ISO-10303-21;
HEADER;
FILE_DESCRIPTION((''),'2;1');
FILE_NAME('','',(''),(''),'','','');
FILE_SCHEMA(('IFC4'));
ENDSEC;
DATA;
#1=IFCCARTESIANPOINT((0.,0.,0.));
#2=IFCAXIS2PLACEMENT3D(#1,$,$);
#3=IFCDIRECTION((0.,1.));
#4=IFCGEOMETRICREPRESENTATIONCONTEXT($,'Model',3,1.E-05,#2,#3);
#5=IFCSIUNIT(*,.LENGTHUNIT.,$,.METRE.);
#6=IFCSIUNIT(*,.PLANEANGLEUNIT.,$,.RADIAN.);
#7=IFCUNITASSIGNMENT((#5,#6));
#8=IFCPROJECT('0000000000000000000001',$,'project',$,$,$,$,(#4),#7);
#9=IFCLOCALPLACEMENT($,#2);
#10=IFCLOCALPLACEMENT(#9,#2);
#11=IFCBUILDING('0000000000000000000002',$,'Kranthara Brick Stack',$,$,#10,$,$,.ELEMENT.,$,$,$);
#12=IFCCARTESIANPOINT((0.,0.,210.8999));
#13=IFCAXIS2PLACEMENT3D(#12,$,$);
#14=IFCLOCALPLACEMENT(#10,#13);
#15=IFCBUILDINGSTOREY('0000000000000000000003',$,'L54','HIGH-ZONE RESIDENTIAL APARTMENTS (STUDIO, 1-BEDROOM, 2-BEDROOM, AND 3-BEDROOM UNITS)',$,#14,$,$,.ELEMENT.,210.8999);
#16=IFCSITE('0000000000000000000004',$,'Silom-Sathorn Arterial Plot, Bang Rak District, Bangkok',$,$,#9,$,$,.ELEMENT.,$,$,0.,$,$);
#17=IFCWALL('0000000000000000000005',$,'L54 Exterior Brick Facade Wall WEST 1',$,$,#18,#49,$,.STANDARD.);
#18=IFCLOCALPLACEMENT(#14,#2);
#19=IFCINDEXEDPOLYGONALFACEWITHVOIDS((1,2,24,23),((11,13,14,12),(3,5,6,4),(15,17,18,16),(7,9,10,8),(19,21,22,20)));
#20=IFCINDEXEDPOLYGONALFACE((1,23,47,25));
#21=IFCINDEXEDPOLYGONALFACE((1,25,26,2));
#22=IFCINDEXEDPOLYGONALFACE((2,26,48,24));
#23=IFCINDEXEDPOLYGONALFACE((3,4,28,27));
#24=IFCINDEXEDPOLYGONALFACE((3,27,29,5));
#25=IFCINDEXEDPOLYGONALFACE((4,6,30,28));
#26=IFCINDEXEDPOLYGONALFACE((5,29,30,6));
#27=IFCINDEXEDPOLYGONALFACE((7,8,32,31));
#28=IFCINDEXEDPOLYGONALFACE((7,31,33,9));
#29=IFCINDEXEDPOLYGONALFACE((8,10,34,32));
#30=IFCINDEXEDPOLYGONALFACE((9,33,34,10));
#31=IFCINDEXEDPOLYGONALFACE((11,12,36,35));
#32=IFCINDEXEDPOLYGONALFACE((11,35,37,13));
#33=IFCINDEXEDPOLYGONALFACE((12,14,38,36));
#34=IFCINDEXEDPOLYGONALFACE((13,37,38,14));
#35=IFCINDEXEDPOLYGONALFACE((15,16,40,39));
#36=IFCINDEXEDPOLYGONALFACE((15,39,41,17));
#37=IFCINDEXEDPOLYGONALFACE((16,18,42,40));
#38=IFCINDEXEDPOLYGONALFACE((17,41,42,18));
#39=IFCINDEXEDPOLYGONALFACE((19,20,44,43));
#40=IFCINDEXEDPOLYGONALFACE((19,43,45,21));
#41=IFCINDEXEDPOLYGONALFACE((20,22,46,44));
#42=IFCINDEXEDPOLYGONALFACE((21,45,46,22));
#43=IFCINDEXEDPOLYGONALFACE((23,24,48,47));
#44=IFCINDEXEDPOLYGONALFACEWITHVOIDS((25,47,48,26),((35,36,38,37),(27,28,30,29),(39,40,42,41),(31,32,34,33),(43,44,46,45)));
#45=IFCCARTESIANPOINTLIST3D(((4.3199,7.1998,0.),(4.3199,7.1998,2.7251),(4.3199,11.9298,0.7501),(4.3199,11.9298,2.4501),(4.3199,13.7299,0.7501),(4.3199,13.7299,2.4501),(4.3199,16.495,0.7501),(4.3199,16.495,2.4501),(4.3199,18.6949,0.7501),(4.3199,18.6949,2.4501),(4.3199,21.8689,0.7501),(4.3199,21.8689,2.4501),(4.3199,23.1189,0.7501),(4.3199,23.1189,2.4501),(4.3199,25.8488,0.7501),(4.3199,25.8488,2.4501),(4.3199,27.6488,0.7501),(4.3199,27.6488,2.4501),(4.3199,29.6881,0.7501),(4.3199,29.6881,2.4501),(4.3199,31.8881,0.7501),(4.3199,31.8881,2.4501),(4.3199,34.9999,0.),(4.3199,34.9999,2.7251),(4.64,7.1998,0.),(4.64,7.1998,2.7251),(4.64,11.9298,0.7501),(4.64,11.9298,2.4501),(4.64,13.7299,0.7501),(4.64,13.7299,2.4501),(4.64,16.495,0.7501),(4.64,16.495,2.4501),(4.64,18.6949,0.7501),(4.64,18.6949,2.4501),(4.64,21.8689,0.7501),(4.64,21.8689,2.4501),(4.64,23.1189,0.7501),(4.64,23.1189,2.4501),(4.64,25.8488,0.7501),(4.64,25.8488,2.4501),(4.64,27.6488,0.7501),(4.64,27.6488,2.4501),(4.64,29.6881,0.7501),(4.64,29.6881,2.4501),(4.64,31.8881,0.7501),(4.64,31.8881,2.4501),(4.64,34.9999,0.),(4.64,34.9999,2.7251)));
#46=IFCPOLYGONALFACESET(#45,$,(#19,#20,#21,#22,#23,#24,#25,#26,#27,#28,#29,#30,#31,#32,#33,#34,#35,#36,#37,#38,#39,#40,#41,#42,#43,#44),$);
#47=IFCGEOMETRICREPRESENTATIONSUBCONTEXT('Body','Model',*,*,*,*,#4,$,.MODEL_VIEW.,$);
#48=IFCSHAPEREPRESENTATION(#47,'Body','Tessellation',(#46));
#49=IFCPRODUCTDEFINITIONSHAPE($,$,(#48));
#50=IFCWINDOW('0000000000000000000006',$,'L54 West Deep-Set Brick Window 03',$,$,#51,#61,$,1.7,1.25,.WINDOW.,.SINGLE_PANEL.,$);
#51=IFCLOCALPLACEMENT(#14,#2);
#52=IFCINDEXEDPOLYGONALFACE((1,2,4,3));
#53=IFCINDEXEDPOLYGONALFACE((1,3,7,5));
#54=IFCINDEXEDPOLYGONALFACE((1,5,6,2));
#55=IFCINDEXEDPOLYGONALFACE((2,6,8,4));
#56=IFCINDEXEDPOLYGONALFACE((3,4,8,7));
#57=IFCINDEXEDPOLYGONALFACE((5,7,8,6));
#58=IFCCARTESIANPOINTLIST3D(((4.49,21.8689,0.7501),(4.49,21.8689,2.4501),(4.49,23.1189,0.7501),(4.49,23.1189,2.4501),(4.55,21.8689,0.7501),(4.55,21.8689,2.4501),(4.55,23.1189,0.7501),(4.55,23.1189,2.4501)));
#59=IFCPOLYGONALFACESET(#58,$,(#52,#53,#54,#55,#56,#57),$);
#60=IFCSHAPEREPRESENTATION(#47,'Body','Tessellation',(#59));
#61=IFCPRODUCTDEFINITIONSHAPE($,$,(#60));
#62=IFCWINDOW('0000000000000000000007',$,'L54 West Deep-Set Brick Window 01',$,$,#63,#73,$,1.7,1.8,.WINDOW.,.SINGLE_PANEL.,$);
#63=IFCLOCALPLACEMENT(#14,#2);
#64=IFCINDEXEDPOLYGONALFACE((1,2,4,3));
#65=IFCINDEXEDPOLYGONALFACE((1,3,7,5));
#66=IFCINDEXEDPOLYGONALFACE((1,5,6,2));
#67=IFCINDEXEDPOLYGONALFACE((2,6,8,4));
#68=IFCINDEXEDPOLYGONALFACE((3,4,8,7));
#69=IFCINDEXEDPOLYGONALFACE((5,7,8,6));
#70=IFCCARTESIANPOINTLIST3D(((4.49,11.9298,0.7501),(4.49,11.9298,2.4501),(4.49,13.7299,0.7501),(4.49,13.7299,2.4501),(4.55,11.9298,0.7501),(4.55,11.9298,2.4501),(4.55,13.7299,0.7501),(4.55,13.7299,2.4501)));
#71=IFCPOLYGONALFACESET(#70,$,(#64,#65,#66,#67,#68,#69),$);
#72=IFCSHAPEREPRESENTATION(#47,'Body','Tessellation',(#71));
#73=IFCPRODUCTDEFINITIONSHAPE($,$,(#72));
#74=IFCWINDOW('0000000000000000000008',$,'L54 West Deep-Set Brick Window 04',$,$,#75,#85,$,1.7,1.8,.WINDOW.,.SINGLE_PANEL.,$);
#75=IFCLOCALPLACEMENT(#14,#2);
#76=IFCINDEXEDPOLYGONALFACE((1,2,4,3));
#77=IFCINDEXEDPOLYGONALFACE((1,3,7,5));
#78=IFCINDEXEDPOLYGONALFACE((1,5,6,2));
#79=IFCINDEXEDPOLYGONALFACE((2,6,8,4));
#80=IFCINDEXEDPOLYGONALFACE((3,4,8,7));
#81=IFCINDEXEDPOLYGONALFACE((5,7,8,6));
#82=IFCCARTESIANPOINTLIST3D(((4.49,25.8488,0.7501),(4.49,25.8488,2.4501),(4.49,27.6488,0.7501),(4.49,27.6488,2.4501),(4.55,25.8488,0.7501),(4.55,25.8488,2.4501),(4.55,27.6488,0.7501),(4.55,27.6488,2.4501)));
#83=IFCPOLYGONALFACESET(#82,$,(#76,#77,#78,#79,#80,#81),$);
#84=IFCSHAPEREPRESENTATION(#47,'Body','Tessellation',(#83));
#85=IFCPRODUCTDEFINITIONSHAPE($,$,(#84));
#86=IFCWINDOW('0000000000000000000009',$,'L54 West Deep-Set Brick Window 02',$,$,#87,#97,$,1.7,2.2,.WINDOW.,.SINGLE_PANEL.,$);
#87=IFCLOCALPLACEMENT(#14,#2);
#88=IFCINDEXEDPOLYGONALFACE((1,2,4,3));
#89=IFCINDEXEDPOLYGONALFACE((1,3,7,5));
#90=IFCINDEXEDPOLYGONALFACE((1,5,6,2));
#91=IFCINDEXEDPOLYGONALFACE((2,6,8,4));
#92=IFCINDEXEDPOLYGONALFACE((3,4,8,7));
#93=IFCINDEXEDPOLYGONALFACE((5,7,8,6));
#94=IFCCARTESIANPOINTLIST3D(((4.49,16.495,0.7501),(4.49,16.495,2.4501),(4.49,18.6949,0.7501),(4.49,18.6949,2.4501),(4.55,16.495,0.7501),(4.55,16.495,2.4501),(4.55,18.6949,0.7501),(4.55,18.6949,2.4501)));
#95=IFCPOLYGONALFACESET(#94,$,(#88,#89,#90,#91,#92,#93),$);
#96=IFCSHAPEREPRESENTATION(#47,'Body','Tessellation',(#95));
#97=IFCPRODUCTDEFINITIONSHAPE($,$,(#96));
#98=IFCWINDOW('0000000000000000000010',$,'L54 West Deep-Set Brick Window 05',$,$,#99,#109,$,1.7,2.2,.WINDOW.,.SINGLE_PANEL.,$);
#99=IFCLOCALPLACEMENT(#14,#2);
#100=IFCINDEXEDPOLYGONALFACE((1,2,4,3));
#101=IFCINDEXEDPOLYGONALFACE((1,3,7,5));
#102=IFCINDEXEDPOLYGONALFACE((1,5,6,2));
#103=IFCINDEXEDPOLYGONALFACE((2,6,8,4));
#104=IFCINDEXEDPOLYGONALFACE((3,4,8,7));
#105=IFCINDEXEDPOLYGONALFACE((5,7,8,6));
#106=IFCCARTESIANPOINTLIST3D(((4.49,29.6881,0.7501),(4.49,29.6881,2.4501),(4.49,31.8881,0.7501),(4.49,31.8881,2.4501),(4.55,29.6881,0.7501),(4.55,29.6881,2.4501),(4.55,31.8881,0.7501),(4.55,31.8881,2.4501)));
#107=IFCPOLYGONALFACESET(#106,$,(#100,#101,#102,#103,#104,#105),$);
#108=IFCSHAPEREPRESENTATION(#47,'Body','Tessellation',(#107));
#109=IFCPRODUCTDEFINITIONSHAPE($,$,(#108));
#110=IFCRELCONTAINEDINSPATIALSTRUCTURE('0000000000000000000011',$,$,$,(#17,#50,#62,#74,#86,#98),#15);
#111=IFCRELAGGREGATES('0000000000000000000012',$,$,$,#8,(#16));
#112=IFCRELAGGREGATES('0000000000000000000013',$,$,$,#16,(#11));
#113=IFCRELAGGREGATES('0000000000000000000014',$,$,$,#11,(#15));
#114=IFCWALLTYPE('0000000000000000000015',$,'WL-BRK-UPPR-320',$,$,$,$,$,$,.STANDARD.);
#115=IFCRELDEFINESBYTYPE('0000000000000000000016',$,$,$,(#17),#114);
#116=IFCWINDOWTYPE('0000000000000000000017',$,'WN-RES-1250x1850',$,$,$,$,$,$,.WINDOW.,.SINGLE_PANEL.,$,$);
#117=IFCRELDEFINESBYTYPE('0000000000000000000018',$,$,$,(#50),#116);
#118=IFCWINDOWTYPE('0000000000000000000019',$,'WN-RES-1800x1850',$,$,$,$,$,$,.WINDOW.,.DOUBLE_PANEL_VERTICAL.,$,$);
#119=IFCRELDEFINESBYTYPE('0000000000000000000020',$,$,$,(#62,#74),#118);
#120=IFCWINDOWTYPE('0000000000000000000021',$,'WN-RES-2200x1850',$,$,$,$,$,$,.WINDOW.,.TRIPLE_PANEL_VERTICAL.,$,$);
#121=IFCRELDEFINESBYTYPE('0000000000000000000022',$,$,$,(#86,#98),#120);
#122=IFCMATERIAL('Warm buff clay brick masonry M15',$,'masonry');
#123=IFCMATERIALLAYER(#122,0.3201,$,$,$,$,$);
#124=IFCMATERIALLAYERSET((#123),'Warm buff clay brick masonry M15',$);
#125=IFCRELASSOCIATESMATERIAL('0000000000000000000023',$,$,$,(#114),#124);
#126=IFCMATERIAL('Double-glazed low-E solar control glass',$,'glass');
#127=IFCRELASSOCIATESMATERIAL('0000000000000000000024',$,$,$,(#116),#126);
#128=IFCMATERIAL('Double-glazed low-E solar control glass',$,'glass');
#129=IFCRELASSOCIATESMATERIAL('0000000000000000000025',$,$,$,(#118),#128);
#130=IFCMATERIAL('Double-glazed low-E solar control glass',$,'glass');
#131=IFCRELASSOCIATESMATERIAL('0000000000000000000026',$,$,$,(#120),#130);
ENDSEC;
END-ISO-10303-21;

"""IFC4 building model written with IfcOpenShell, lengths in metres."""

from ifc_helpers import new_model, si_unit, direction, frame, frame_2d, origin, place, context, subcontext, project, spatial, rectangle, extrude, material, layer, layer_set, type_object, element, fill, save


model = new_model("IFC4")

# Units and contexts
model_context = context("Model", 3, precision=1e-05, world=origin(), true_north=direction((0.0, 1.0)))
body_context = subcontext(model_context, "Body", "Model", "MODEL_VIEW")
ifc_project = project(units=[si_unit("LENGTHUNIT", "METRE"), si_unit("PLANEANGLEUNIT", "RADIAN")], contexts=[model_context])

# Site, building, storey
site_placement = place(None, origin())
site = spatial("IfcSite", under=ifc_project, at=site_placement, Name="Silom-Sathorn Arterial Plot, Bang Rak District, Bangkok", CompositionType="ELEMENT", RefElevation=0.0)
building_placement = place(site_placement, origin())
building = spatial("IfcBuilding", under=site, at=building_placement, Name="Kranthara Brick Stack", CompositionType="ELEMENT")
storey_placement = place(building_placement, frame((0.0, 0.0, 210.8999)))
storey = spatial("IfcBuildingStorey", under=building, at=storey_placement, Name="L54", Description="HIGH-ZONE RESIDENTIAL APARTMENTS (STUDIO, 1-BEDROOM, 2-BEDROOM, AND 3-BEDROOM UNITS)", CompositionType="ELEMENT", Elevation=210.8999)

# Wall, openings, windows
ifc_material_1 = material(Name="Warm buff clay brick masonry M15", Category="masonry")
ifc_layer_1 = layer(ifc_material_1, 0.3201)
ifc_layer_set_1 = layer_set([ifc_layer_1], Name="Warm buff clay brick masonry M15")
wall_type_1 = type_object("IfcWallType", Name="WL-BRK-UPPR-320", PredefinedType="STANDARD", material=ifc_layer_set_1)
wall_1_placement = place(storey_placement, frame((4.48, 7.2, 0.0), z_axis=(0.0, 0.0, 1.0), x_axis=(0.0, 1.0, 0.0)))
wall_1 = element("IfcWall", 1, at=wall_1_placement, inside=storey, type_object=wall_type_1, Name="L54 Exterior Brick Facade Wall WEST 1", PredefinedType="STANDARD", context=body_context, shape_type="SweptSolid", body=[
    extrude(rectangle(XDim=27.8, YDim=0.3201, at=frame_2d((13.8999, 0.0))), origin(), (0.0, 0.0, 1.0), 2.7251),
])
opening_1_placement = place(wall_1_placement, frame((4.73, 0.0, 0.75)))
opening_1 = element("IfcOpeningElement", 2, at=opening_1_placement, cuts=wall_1, PredefinedType="OPENING", context=body_context, shape_type="SweptSolid", body=[
    extrude(rectangle(XDim=1.8, YDim=1.7, at=frame_2d((0.8999, 0.8501))), frame((0.0, 0.1699, 0.0), z_axis=(0.0, -1.0, 0.0), x_axis=(1.0, 0.0, 0.0)), (0.0, 0.0, 1.0), 0.3401),
])
opening_2_placement = place(wall_1_placement, frame((9.2949, 0.0, 0.75)))
opening_2 = element("IfcOpeningElement", 3, at=opening_2_placement, cuts=wall_1, PredefinedType="OPENING", context=body_context, shape_type="SweptSolid", body=[
    extrude(rectangle(XDim=2.2, YDim=1.7, at=frame_2d((1.1001, 0.8501))), frame((0.0, 0.1699, 0.0), z_axis=(0.0, -1.0, 0.0), x_axis=(1.0, 0.0, 0.0)), (0.0, 0.0, 1.0), 0.3401),
])
opening_3_placement = place(wall_1_placement, frame((14.6689, 0.0, 0.75)))
opening_3 = element("IfcOpeningElement", 4, at=opening_3_placement, cuts=wall_1, PredefinedType="OPENING", context=body_context, shape_type="SweptSolid", body=[
    extrude(rectangle(XDim=1.25, YDim=1.7, at=frame_2d((0.625, 0.8501))), frame((0.0, 0.1699, 0.0), z_axis=(0.0, -1.0, 0.0), x_axis=(1.0, 0.0, 0.0)), (0.0, 0.0, 1.0), 0.3401),
])
opening_4_placement = place(wall_1_placement, frame((18.6489, 0.0, 0.75)))
opening_4 = element("IfcOpeningElement", 5, at=opening_4_placement, cuts=wall_1, PredefinedType="OPENING", context=body_context, shape_type="SweptSolid", body=[
    extrude(rectangle(XDim=1.8, YDim=1.7, at=frame_2d((0.8999, 0.8501))), frame((0.0, 0.1699, 0.0), z_axis=(0.0, -1.0, 0.0), x_axis=(1.0, 0.0, 0.0)), (0.0, 0.0, 1.0), 0.3401),
])
opening_5_placement = place(wall_1_placement, frame((22.488, 0.0, 0.75)))
opening_5 = element("IfcOpeningElement", 6, at=opening_5_placement, cuts=wall_1, PredefinedType="OPENING", context=body_context, shape_type="SweptSolid", body=[
    extrude(rectangle(XDim=2.2, YDim=1.7, at=frame_2d((1.1001, 0.8501))), frame((0.0, 0.1699, 0.0), z_axis=(0.0, -1.0, 0.0), x_axis=(1.0, 0.0, 0.0)), (0.0, 0.0, 1.0), 0.3401),
])
ifc_material_2 = material(Name="Double-glazed low-E solar control glass", Category="glass")
window_type_1 = type_object("IfcWindowType", Name="WN-RES-1250x1850", PartitioningType="SINGLE_PANEL", PredefinedType="WINDOW", material=ifc_material_2)
window_1_placement = place(opening_3_placement, origin())
window_1 = element("IfcWindow", 7, at=window_1_placement, inside=storey, type_object=window_type_1, Name="L54 West Deep-Set Brick Window 03", OverallHeight=1.7, OverallWidth=1.25, PartitioningType="SINGLE_PANEL", PredefinedType="WINDOW", context=body_context, shape_type="SweptSolid", body=[
    extrude(rectangle(XDim=1.25, YDim=1.7, at=frame_2d((0.625, 0.8501))), frame((0.0, -0.01, 0.0), z_axis=(0.0, -1.0, 0.0), x_axis=(1.0, 0.0, 0.0)), (0.0, 0.0, 1.0), 0.0601),
])
fill(opening_3, window_1)
ifc_material_3 = material(Name="Double-glazed low-E solar control glass", Category="glass")
window_type_2 = type_object("IfcWindowType", Name="WN-RES-1800x1850", PartitioningType="DOUBLE_PANEL_VERTICAL", PredefinedType="WINDOW", material=ifc_material_3)
window_2_placement = place(opening_1_placement, origin())
window_2 = element("IfcWindow", 8, at=window_2_placement, inside=storey, type_object=window_type_2, Name="L54 West Deep-Set Brick Window 01", OverallHeight=1.7, OverallWidth=1.8, PartitioningType="SINGLE_PANEL", PredefinedType="WINDOW", context=body_context, shape_type="SweptSolid", body=[
    extrude(rectangle(XDim=1.8, YDim=1.7, at=frame_2d((0.8999, 0.8501))), frame((0.0, -0.01, 0.0), z_axis=(0.0, -1.0, 0.0), x_axis=(1.0, 0.0, 0.0)), (0.0, 0.0, 1.0), 0.0601),
])
fill(opening_1, window_2)
window_3_placement = place(opening_4_placement, origin())
window_3 = element("IfcWindow", 9, at=window_3_placement, inside=storey, type_object=window_type_2, Name="L54 West Deep-Set Brick Window 04", OverallHeight=1.7, OverallWidth=1.8, PartitioningType="SINGLE_PANEL", PredefinedType="WINDOW", context=body_context, shape_type="SweptSolid", body=[
    extrude(rectangle(XDim=1.8, YDim=1.7, at=frame_2d((0.8999, 0.8501))), frame((0.0, -0.01, 0.0), z_axis=(0.0, -1.0, 0.0), x_axis=(1.0, 0.0, 0.0)), (0.0, 0.0, 1.0), 0.0601),
])
fill(opening_4, window_3)
ifc_material_4 = material(Name="Double-glazed low-E solar control glass", Category="glass")
window_type_3 = type_object("IfcWindowType", Name="WN-RES-2200x1850", PartitioningType="TRIPLE_PANEL_VERTICAL", PredefinedType="WINDOW", material=ifc_material_4)
window_4_placement = place(opening_2_placement, origin())
window_4 = element("IfcWindow", 10, at=window_4_placement, inside=storey, type_object=window_type_3, Name="L54 West Deep-Set Brick Window 02", OverallHeight=1.7, OverallWidth=2.2, PartitioningType="SINGLE_PANEL", PredefinedType="WINDOW", context=body_context, shape_type="SweptSolid", body=[
    extrude(rectangle(XDim=2.2, YDim=1.7, at=frame_2d((1.1001, 0.8501))), frame((0.0, -0.01, 0.0), z_axis=(0.0, -1.0, 0.0), x_axis=(1.0, 0.0, 0.0)), (0.0, 0.0, 1.0), 0.0601),
])
fill(opening_2, window_4)
window_5_placement = place(opening_5_placement, origin())
window_5 = element("IfcWindow", 11, at=window_5_placement, inside=storey, type_object=window_type_3, Name="L54 West Deep-Set Brick Window 05", OverallHeight=1.7, OverallWidth=2.2, PartitioningType="SINGLE_PANEL", PredefinedType="WINDOW", context=body_context, shape_type="SweptSolid", body=[
    extrude(rectangle(XDim=2.2, YDim=1.7, at=frame_2d((1.1001, 0.8501))), frame((0.0, -0.01, 0.0), z_axis=(0.0, -1.0, 0.0), x_axis=(1.0, 0.0, 0.0)), (0.0, 0.0, 1.0), 0.0601),
])
fill(opening_5, window_5)

save(model, "model.ifc")
